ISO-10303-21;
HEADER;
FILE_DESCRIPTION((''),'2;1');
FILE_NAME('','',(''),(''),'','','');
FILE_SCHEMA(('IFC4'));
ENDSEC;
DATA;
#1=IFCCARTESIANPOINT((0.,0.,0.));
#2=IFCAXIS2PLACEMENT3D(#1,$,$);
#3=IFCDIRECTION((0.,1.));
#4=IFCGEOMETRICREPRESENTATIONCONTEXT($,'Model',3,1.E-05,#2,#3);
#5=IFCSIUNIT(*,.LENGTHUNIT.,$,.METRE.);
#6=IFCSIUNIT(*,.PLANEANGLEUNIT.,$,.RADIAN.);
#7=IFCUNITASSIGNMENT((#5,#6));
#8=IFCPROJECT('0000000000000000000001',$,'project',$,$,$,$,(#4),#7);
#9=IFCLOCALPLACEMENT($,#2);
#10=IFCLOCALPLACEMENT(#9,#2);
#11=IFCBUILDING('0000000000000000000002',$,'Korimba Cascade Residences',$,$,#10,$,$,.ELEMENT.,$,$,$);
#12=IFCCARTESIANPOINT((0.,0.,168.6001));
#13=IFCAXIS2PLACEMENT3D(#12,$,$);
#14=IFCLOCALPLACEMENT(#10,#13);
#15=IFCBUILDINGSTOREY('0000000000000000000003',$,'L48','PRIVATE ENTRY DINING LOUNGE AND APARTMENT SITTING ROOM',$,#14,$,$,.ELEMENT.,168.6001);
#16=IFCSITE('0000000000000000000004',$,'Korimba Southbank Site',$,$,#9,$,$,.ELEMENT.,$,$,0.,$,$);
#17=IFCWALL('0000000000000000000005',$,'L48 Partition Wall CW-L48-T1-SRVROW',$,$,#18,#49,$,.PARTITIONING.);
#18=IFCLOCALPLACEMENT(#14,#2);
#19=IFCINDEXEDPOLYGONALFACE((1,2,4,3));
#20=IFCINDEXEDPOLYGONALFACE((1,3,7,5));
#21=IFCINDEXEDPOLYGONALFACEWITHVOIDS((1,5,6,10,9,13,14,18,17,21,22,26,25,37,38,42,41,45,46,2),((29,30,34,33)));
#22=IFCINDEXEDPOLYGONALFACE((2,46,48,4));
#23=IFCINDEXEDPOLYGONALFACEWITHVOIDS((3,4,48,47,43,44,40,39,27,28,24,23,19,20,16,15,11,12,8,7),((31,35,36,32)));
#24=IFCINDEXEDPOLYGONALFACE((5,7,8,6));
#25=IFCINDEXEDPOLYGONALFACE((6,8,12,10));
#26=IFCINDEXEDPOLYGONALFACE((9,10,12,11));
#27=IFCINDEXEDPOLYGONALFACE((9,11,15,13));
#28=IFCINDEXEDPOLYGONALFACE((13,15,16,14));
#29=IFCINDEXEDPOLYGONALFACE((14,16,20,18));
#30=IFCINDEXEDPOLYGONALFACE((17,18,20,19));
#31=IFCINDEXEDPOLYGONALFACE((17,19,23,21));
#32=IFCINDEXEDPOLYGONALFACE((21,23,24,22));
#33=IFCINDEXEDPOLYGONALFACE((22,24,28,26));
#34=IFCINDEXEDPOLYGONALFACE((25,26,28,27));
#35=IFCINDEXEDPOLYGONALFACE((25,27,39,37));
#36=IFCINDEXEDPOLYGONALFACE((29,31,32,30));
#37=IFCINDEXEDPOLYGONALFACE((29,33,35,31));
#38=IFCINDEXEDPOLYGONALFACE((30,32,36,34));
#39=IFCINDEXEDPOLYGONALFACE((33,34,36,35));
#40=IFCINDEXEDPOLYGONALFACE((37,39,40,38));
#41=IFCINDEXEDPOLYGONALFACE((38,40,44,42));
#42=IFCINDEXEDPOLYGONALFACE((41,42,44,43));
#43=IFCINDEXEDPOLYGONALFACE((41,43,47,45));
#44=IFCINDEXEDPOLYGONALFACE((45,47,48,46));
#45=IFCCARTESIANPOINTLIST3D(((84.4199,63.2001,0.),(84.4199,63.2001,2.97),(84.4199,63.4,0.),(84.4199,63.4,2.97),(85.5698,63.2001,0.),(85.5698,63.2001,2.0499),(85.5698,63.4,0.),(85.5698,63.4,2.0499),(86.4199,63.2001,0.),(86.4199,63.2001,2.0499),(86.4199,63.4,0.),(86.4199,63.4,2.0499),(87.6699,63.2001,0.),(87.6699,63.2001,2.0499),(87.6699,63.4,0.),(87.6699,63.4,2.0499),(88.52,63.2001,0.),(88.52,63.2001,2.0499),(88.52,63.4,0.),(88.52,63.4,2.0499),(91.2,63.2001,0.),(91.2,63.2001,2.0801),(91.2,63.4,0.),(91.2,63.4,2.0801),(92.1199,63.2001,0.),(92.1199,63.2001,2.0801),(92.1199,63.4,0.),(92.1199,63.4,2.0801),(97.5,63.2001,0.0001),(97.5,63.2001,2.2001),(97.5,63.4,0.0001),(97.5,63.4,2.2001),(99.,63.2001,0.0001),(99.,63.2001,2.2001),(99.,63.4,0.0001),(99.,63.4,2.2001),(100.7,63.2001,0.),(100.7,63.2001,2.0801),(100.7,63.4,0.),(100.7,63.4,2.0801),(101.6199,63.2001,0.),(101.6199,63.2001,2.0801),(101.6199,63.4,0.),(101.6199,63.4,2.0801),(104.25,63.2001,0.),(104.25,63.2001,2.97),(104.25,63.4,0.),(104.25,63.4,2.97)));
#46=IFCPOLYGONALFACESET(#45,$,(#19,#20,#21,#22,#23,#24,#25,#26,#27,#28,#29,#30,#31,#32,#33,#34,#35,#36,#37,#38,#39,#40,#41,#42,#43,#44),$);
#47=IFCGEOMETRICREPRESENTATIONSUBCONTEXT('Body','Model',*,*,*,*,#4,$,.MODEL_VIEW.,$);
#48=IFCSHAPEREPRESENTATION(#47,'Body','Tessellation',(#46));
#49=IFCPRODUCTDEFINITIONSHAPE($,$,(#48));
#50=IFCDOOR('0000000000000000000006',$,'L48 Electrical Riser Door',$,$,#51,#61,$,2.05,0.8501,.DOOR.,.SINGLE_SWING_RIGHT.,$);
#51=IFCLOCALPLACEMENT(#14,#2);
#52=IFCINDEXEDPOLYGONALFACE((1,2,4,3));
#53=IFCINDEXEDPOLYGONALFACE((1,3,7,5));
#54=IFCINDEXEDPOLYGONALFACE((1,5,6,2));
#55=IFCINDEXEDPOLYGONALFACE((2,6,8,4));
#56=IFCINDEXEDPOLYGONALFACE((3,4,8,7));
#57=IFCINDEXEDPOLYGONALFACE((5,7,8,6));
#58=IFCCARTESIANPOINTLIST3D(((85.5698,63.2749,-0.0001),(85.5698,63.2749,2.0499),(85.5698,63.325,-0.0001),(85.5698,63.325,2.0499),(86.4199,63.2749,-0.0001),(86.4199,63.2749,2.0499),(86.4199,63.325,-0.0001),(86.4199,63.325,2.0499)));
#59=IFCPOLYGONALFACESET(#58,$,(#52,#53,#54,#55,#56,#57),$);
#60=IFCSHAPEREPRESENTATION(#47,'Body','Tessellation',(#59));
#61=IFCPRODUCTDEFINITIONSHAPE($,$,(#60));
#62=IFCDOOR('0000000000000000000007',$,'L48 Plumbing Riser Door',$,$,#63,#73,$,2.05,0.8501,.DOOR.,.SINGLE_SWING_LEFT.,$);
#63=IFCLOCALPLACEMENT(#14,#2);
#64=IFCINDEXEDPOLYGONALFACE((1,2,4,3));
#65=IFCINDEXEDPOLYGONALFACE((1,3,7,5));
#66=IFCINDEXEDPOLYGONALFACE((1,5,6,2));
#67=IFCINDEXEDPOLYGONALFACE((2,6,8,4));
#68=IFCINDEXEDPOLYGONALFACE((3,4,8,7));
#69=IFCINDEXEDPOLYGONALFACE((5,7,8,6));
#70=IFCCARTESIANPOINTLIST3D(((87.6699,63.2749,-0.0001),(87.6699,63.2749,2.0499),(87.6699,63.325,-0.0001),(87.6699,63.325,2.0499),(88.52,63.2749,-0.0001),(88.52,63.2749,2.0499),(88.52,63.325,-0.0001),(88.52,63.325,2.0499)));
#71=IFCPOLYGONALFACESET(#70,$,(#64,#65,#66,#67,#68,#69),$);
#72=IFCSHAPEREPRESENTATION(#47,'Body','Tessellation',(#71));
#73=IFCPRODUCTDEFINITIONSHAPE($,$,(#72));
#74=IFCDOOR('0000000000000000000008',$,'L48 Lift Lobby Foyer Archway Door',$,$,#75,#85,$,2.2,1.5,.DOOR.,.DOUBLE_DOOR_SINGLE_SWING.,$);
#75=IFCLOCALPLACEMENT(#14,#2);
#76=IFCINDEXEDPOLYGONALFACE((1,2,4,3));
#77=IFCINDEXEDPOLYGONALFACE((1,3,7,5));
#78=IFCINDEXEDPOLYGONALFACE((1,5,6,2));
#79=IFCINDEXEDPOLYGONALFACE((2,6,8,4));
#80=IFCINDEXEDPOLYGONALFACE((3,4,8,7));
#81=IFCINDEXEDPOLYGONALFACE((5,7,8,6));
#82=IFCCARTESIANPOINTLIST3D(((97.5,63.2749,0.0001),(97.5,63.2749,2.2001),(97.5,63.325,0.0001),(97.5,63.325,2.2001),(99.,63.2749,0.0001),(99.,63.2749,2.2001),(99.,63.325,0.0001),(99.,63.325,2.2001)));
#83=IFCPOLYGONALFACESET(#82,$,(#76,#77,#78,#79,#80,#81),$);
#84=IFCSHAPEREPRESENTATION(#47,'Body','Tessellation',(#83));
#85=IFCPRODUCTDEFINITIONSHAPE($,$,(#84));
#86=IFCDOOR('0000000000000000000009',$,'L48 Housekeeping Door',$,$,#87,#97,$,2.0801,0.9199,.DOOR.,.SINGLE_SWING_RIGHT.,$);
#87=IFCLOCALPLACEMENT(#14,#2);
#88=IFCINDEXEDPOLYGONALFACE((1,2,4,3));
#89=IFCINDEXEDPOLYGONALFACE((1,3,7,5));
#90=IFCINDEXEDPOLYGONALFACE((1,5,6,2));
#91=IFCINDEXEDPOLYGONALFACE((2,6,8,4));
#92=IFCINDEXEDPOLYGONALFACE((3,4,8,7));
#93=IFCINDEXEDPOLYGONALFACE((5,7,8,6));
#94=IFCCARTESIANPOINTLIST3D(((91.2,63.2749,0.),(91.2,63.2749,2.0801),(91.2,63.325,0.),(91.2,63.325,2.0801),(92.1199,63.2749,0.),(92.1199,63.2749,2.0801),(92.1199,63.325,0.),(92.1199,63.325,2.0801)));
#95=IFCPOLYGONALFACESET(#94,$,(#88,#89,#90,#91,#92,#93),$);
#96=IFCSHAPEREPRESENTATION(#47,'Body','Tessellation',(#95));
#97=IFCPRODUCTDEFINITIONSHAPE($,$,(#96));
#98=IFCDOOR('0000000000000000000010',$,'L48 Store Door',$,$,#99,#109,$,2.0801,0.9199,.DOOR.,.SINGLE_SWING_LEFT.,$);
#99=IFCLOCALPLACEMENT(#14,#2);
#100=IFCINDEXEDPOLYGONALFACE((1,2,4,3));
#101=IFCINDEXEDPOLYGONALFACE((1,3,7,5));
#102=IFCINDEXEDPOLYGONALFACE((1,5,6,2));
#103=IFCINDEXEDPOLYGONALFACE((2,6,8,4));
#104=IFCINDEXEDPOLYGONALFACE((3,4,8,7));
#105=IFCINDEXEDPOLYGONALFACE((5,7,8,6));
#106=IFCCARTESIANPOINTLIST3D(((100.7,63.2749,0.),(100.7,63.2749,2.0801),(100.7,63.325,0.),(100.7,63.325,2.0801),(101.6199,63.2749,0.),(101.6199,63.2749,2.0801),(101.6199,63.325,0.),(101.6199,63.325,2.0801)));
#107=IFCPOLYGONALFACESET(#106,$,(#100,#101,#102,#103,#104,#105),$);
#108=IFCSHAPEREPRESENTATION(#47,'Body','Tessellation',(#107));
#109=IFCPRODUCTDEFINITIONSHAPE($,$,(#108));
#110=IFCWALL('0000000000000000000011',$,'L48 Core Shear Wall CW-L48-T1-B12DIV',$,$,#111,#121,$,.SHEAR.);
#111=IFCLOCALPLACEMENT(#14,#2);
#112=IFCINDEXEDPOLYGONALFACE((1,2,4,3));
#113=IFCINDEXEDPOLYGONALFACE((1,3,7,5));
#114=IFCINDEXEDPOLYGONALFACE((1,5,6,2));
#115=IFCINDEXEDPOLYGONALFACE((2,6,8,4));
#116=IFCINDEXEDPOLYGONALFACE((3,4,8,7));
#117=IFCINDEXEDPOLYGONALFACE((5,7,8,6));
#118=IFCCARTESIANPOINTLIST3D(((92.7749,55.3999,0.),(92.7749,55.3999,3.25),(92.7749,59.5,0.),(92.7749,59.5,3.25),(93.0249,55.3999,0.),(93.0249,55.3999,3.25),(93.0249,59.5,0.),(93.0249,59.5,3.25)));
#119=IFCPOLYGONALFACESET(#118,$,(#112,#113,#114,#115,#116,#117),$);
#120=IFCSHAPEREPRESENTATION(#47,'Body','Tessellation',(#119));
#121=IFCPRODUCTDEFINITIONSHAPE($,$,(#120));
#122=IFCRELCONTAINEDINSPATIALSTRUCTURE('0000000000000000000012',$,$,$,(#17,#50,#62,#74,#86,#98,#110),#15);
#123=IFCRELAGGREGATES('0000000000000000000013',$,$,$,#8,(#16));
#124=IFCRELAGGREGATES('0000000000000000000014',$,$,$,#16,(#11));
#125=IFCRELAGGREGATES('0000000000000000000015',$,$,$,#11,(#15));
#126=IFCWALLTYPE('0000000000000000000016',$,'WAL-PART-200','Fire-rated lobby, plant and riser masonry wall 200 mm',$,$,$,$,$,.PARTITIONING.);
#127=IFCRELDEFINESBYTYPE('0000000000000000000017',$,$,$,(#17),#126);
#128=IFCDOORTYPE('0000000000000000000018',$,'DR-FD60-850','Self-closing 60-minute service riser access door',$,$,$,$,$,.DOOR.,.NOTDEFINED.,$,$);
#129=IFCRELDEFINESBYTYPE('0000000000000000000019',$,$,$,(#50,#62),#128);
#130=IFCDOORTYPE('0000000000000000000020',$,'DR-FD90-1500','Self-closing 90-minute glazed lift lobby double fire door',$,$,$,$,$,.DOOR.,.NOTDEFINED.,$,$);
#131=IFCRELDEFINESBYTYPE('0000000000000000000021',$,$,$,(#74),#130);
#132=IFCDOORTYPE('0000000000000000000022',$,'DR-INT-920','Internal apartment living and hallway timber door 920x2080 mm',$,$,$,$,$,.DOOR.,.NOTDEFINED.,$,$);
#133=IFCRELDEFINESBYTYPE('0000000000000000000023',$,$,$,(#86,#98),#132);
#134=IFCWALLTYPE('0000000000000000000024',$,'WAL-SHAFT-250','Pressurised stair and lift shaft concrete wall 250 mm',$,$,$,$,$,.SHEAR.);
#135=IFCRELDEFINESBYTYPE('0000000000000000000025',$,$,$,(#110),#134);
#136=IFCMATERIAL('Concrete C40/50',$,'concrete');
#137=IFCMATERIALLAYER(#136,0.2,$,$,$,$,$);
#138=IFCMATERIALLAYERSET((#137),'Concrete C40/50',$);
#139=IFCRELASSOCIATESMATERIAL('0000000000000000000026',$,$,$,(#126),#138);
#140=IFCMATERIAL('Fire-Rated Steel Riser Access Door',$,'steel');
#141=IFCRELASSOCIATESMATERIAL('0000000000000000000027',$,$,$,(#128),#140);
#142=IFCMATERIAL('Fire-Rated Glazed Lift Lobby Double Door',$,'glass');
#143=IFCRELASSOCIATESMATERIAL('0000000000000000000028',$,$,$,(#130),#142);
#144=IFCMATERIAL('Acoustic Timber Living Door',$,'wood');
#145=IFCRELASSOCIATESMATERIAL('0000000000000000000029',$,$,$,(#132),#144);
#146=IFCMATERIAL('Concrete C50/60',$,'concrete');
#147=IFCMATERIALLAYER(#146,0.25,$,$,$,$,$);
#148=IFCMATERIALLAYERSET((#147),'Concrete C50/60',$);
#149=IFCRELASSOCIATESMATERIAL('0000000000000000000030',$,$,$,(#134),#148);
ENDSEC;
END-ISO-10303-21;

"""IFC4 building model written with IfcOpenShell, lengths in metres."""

from ifc_helpers import new_model, si_unit, direction, frame, frame_2d, origin, place, context, subcontext, project, spatial, rectangle, extrude, material, layer, layer_set, type_object, element, fill, save


model = new_model("IFC4")

# Units and contexts
model_context = context("Model", 3, precision=1e-05, world=origin(), true_north=direction((0.0, 1.0)))
body_context = subcontext(model_context, "Body", "Model", "MODEL_VIEW")
ifc_project = project(units=[si_unit("LENGTHUNIT", "METRE"), si_unit("PLANEANGLEUNIT", "RADIAN")], contexts=[model_context])

# Site, building, storey
site_placement = place(None, origin())
site = spatial("IfcSite", under=ifc_project, at=site_placement, Name="Korimba Southbank Site", CompositionType="ELEMENT", RefElevation=0.0)
building_placement = place(site_placement, origin())
building = spatial("IfcBuilding", under=site, at=building_placement, Name="Korimba Cascade Residences", CompositionType="ELEMENT")
storey_placement = place(building_placement, frame((0.0, 0.0, 168.6001)))
storey = spatial("IfcBuildingStorey", under=building, at=storey_placement, Name="L48", Description="PRIVATE ENTRY DINING LOUNGE AND APARTMENT SITTING ROOM", CompositionType="ELEMENT", Elevation=168.6001)

# Wall, openings, doors
ifc_material_1 = material(Name="Concrete C40/50", Category="concrete")
ifc_layer_1 = layer(ifc_material_1, 0.2)
ifc_layer_set_1 = layer_set([ifc_layer_1], Name="Concrete C40/50")
wall_type_1 = type_object("IfcWallType", Name="WAL-PART-200", Description="Fire-rated lobby, plant and riser masonry wall 200 mm", PredefinedType="PARTITIONING", material=ifc_layer_set_1)
wall_1_placement = place(storey_placement, frame((84.4199, 63.3, 0.0), z_axis=(0.0, 0.0, 1.0), x_axis=(1.0, 0.0, 0.0)))
wall_1 = element("IfcWall", 1, at=wall_1_placement, inside=storey, type_object=wall_type_1, Name="L48 Partition Wall CW-L48-T1-SRVROW", PredefinedType="PARTITIONING", context=body_context, shape_type="SweptSolid", body=[
    extrude(rectangle(XDim=19.8301, YDim=0.2, at=frame_2d((9.915, 0.0))), origin(), (0.0, 0.0, 1.0), 2.97),
])
opening_1_placement = place(wall_1_placement, frame((1.1499, 0.0, 0.0)))
opening_1 = element("IfcOpeningElement", 2, at=opening_1_placement, cuts=wall_1, PredefinedType="OPENING", context=body_context, shape_type="SweptSolid", body=[
    extrude(rectangle(XDim=0.8501, YDim=2.05, at=frame_2d((0.425, 1.0249))), frame((0.0, 0.1099, 0.0), z_axis=(0.0, -1.0, 0.0), x_axis=(1.0, 0.0, 0.0)), (0.0, 0.0, 1.0), 0.22),
])
opening_2_placement = place(wall_1_placement, frame((3.25, 0.0, 0.0)))
opening_2 = element("IfcOpeningElement", 3, at=opening_2_placement, cuts=wall_1, PredefinedType="OPENING", context=body_context, shape_type="SweptSolid", body=[
    extrude(rectangle(XDim=0.8501, YDim=2.05, at=frame_2d((0.425, 1.0249))), frame((0.0, 0.1099, 0.0), z_axis=(0.0, -1.0, 0.0), x_axis=(1.0, 0.0, 0.0)), (0.0, 0.0, 1.0), 0.22),
])
opening_3_placement = place(wall_1_placement, frame((13.0801, 0.0, 0.0)))
opening_3 = element("IfcOpeningElement", 4, at=opening_3_placement, cuts=wall_1, PredefinedType="OPENING", context=body_context, shape_type="SweptSolid", body=[
    extrude(rectangle(XDim=1.5, YDim=2.2, at=frame_2d((0.75, 1.1001))), frame((0.0, 0.1099, 0.0), z_axis=(0.0, -1.0, 0.0), x_axis=(1.0, 0.0, 0.0)), (0.0, 0.0, 1.0), 0.22),
])
opening_4_placement = place(wall_1_placement, frame((6.78, 0.0, 0.0)))
opening_4 = element("IfcOpeningElement", 5, at=opening_4_placement, cuts=wall_1, PredefinedType="OPENING", context=body_context, shape_type="SweptSolid", body=[
    extrude(rectangle(XDim=0.9199, YDim=2.0801, at=frame_2d((0.46, 1.04))), frame((0.0, 0.1099, 0.0), z_axis=(0.0, -1.0, 0.0), x_axis=(1.0, 0.0, 0.0)), (0.0, 0.0, 1.0), 0.22),
])
opening_5_placement = place(wall_1_placement, frame((16.28, 0.0, 0.0)))
opening_5 = element("IfcOpeningElement", 6, at=opening_5_placement, cuts=wall_1, PredefinedType="OPENING", context=body_context, shape_type="SweptSolid", body=[
    extrude(rectangle(XDim=0.9199, YDim=2.0801, at=frame_2d((0.46, 1.04))), frame((0.0, 0.1099, 0.0), z_axis=(0.0, -1.0, 0.0), x_axis=(1.0, 0.0, 0.0)), (0.0, 0.0, 1.0), 0.22),
])
ifc_material_2 = material(Name="Fire-Rated Steel Riser Access Door", Category="steel")
door_type_1 = type_object("IfcDoorType", Name="DR-FD60-850", Description="Self-closing 60-minute service riser access door", OperationType="NOTDEFINED", PredefinedType="DOOR", material=ifc_material_2)
door_1_placement = place(opening_1_placement, origin())
door_1 = element("IfcDoor", 7, at=door_1_placement, inside=storey, type_object=door_type_1, Name="L48 Electrical Riser Door", OperationType="SINGLE_SWING_RIGHT", OverallHeight=2.05, OverallWidth=0.8501, PredefinedType="DOOR", context=body_context, shape_type="SweptSolid", body=[
    extrude(rectangle(XDim=0.8501, YDim=2.05, at=frame_2d((0.425, 1.0249))), frame((0.0, 0.0249, 0.0), z_axis=(0.0, -1.0, 0.0), x_axis=(1.0, 0.0, 0.0)), (0.0, 0.0, 1.0), 0.05),
])
fill(opening_1, door_1)
door_2_placement = place(opening_2_placement, origin())
door_2 = element("IfcDoor", 8, at=door_2_placement, inside=storey, type_object=door_type_1, Name="L48 Plumbing Riser Door", OperationType="SINGLE_SWING_LEFT", OverallHeight=2.05, OverallWidth=0.8501, PredefinedType="DOOR", context=body_context, shape_type="SweptSolid", body=[
    extrude(rectangle(XDim=0.8501, YDim=2.05, at=frame_2d((0.425, 1.0249))), frame((0.0, 0.0249, 0.0), z_axis=(0.0, -1.0, 0.0), x_axis=(1.0, 0.0, 0.0)), (0.0, 0.0, 1.0), 0.05),
])
fill(opening_2, door_2)
ifc_material_3 = material(Name="Fire-Rated Glazed Lift Lobby Double Door", Category="glass")
door_type_2 = type_object("IfcDoorType", Name="DR-FD90-1500", Description="Self-closing 90-minute glazed lift lobby double fire door", OperationType="NOTDEFINED", PredefinedType="DOOR", material=ifc_material_3)
door_3_placement = place(opening_3_placement, origin())
door_3 = element("IfcDoor", 9, at=door_3_placement, inside=storey, type_object=door_type_2, Name="L48 Lift Lobby Foyer Archway Door", OperationType="DOUBLE_DOOR_SINGLE_SWING", OverallHeight=2.2, OverallWidth=1.5, PredefinedType="DOOR", context=body_context, shape_type="SweptSolid", body=[
    extrude(rectangle(XDim=1.5, YDim=2.2, at=frame_2d((0.75, 1.1001))), frame((0.0, 0.0249, 0.0), z_axis=(0.0, -1.0, 0.0), x_axis=(1.0, 0.0, 0.0)), (0.0, 0.0, 1.0), 0.05),
])
fill(opening_3, door_3)
ifc_material_4 = material(Name="Acoustic Timber Living Door", Category="wood")
door_type_3 = type_object("IfcDoorType", Name="DR-INT-920", Description="Internal apartment living and hallway timber door 920x2080 mm", OperationType="NOTDEFINED", PredefinedType="DOOR", material=ifc_material_4)
door_4_placement = place(opening_4_placement, origin())
door_4 = element("IfcDoor", 10, at=door_4_placement, inside=storey, type_object=door_type_3, Name="L48 Housekeeping Door", OperationType="SINGLE_SWING_RIGHT", OverallHeight=2.0801, OverallWidth=0.9199, PredefinedType="DOOR", context=body_context, shape_type="SweptSolid", body=[
    extrude(rectangle(XDim=0.9199, YDim=2.0801, at=frame_2d((0.46, 1.04))), frame((0.0, 0.0249, 0.0), z_axis=(0.0, -1.0, 0.0), x_axis=(1.0, 0.0, 0.0)), (0.0, 0.0, 1.0), 0.05),
])
fill(opening_4, door_4)
door_5_placement = place(opening_5_placement, origin())
door_5 = element("IfcDoor", 11, at=door_5_placement, inside=storey, type_object=door_type_3, Name="L48 Store Door", OperationType="SINGLE_SWING_LEFT", OverallHeight=2.0801, OverallWidth=0.9199, PredefinedType="DOOR", context=body_context, shape_type="SweptSolid", body=[
    extrude(rectangle(XDim=0.9199, YDim=2.0801, at=frame_2d((0.46, 1.04))), frame((0.0, 0.0249, 0.0), z_axis=(0.0, -1.0, 0.0), x_axis=(1.0, 0.0, 0.0)), (0.0, 0.0, 1.0), 0.05),
])
fill(opening_5, door_5)

# Wall
ifc_material_5 = material(Name="Concrete C50/60", Category="concrete")
ifc_layer_2 = layer(ifc_material_5, 0.25)
ifc_layer_set_2 = layer_set([ifc_layer_2], Name="Concrete C50/60")
wall_type_2 = type_object("IfcWallType", Name="WAL-SHAFT-250", Description="Pressurised stair and lift shaft concrete wall 250 mm", PredefinedType="SHEAR", material=ifc_layer_set_2)
wall_2_placement = place(storey_placement, frame((92.8999, 55.3999, 0.0), z_axis=(0.0, 0.0, 1.0), x_axis=(0.0, 1.0, 0.0)))
element("IfcWall", 12, at=wall_2_placement, inside=storey, type_object=wall_type_2, Name="L48 Core Shear Wall CW-L48-T1-B12DIV", PredefinedType="SHEAR", context=body_context, shape_type="SweptSolid", body=[
    extrude(rectangle(XDim=4.1001, YDim=0.25, at=frame_2d((2.05, 0.0))), origin(), (0.0, 0.0, 1.0), 3.25),
])

save(model, "model.ifc")
